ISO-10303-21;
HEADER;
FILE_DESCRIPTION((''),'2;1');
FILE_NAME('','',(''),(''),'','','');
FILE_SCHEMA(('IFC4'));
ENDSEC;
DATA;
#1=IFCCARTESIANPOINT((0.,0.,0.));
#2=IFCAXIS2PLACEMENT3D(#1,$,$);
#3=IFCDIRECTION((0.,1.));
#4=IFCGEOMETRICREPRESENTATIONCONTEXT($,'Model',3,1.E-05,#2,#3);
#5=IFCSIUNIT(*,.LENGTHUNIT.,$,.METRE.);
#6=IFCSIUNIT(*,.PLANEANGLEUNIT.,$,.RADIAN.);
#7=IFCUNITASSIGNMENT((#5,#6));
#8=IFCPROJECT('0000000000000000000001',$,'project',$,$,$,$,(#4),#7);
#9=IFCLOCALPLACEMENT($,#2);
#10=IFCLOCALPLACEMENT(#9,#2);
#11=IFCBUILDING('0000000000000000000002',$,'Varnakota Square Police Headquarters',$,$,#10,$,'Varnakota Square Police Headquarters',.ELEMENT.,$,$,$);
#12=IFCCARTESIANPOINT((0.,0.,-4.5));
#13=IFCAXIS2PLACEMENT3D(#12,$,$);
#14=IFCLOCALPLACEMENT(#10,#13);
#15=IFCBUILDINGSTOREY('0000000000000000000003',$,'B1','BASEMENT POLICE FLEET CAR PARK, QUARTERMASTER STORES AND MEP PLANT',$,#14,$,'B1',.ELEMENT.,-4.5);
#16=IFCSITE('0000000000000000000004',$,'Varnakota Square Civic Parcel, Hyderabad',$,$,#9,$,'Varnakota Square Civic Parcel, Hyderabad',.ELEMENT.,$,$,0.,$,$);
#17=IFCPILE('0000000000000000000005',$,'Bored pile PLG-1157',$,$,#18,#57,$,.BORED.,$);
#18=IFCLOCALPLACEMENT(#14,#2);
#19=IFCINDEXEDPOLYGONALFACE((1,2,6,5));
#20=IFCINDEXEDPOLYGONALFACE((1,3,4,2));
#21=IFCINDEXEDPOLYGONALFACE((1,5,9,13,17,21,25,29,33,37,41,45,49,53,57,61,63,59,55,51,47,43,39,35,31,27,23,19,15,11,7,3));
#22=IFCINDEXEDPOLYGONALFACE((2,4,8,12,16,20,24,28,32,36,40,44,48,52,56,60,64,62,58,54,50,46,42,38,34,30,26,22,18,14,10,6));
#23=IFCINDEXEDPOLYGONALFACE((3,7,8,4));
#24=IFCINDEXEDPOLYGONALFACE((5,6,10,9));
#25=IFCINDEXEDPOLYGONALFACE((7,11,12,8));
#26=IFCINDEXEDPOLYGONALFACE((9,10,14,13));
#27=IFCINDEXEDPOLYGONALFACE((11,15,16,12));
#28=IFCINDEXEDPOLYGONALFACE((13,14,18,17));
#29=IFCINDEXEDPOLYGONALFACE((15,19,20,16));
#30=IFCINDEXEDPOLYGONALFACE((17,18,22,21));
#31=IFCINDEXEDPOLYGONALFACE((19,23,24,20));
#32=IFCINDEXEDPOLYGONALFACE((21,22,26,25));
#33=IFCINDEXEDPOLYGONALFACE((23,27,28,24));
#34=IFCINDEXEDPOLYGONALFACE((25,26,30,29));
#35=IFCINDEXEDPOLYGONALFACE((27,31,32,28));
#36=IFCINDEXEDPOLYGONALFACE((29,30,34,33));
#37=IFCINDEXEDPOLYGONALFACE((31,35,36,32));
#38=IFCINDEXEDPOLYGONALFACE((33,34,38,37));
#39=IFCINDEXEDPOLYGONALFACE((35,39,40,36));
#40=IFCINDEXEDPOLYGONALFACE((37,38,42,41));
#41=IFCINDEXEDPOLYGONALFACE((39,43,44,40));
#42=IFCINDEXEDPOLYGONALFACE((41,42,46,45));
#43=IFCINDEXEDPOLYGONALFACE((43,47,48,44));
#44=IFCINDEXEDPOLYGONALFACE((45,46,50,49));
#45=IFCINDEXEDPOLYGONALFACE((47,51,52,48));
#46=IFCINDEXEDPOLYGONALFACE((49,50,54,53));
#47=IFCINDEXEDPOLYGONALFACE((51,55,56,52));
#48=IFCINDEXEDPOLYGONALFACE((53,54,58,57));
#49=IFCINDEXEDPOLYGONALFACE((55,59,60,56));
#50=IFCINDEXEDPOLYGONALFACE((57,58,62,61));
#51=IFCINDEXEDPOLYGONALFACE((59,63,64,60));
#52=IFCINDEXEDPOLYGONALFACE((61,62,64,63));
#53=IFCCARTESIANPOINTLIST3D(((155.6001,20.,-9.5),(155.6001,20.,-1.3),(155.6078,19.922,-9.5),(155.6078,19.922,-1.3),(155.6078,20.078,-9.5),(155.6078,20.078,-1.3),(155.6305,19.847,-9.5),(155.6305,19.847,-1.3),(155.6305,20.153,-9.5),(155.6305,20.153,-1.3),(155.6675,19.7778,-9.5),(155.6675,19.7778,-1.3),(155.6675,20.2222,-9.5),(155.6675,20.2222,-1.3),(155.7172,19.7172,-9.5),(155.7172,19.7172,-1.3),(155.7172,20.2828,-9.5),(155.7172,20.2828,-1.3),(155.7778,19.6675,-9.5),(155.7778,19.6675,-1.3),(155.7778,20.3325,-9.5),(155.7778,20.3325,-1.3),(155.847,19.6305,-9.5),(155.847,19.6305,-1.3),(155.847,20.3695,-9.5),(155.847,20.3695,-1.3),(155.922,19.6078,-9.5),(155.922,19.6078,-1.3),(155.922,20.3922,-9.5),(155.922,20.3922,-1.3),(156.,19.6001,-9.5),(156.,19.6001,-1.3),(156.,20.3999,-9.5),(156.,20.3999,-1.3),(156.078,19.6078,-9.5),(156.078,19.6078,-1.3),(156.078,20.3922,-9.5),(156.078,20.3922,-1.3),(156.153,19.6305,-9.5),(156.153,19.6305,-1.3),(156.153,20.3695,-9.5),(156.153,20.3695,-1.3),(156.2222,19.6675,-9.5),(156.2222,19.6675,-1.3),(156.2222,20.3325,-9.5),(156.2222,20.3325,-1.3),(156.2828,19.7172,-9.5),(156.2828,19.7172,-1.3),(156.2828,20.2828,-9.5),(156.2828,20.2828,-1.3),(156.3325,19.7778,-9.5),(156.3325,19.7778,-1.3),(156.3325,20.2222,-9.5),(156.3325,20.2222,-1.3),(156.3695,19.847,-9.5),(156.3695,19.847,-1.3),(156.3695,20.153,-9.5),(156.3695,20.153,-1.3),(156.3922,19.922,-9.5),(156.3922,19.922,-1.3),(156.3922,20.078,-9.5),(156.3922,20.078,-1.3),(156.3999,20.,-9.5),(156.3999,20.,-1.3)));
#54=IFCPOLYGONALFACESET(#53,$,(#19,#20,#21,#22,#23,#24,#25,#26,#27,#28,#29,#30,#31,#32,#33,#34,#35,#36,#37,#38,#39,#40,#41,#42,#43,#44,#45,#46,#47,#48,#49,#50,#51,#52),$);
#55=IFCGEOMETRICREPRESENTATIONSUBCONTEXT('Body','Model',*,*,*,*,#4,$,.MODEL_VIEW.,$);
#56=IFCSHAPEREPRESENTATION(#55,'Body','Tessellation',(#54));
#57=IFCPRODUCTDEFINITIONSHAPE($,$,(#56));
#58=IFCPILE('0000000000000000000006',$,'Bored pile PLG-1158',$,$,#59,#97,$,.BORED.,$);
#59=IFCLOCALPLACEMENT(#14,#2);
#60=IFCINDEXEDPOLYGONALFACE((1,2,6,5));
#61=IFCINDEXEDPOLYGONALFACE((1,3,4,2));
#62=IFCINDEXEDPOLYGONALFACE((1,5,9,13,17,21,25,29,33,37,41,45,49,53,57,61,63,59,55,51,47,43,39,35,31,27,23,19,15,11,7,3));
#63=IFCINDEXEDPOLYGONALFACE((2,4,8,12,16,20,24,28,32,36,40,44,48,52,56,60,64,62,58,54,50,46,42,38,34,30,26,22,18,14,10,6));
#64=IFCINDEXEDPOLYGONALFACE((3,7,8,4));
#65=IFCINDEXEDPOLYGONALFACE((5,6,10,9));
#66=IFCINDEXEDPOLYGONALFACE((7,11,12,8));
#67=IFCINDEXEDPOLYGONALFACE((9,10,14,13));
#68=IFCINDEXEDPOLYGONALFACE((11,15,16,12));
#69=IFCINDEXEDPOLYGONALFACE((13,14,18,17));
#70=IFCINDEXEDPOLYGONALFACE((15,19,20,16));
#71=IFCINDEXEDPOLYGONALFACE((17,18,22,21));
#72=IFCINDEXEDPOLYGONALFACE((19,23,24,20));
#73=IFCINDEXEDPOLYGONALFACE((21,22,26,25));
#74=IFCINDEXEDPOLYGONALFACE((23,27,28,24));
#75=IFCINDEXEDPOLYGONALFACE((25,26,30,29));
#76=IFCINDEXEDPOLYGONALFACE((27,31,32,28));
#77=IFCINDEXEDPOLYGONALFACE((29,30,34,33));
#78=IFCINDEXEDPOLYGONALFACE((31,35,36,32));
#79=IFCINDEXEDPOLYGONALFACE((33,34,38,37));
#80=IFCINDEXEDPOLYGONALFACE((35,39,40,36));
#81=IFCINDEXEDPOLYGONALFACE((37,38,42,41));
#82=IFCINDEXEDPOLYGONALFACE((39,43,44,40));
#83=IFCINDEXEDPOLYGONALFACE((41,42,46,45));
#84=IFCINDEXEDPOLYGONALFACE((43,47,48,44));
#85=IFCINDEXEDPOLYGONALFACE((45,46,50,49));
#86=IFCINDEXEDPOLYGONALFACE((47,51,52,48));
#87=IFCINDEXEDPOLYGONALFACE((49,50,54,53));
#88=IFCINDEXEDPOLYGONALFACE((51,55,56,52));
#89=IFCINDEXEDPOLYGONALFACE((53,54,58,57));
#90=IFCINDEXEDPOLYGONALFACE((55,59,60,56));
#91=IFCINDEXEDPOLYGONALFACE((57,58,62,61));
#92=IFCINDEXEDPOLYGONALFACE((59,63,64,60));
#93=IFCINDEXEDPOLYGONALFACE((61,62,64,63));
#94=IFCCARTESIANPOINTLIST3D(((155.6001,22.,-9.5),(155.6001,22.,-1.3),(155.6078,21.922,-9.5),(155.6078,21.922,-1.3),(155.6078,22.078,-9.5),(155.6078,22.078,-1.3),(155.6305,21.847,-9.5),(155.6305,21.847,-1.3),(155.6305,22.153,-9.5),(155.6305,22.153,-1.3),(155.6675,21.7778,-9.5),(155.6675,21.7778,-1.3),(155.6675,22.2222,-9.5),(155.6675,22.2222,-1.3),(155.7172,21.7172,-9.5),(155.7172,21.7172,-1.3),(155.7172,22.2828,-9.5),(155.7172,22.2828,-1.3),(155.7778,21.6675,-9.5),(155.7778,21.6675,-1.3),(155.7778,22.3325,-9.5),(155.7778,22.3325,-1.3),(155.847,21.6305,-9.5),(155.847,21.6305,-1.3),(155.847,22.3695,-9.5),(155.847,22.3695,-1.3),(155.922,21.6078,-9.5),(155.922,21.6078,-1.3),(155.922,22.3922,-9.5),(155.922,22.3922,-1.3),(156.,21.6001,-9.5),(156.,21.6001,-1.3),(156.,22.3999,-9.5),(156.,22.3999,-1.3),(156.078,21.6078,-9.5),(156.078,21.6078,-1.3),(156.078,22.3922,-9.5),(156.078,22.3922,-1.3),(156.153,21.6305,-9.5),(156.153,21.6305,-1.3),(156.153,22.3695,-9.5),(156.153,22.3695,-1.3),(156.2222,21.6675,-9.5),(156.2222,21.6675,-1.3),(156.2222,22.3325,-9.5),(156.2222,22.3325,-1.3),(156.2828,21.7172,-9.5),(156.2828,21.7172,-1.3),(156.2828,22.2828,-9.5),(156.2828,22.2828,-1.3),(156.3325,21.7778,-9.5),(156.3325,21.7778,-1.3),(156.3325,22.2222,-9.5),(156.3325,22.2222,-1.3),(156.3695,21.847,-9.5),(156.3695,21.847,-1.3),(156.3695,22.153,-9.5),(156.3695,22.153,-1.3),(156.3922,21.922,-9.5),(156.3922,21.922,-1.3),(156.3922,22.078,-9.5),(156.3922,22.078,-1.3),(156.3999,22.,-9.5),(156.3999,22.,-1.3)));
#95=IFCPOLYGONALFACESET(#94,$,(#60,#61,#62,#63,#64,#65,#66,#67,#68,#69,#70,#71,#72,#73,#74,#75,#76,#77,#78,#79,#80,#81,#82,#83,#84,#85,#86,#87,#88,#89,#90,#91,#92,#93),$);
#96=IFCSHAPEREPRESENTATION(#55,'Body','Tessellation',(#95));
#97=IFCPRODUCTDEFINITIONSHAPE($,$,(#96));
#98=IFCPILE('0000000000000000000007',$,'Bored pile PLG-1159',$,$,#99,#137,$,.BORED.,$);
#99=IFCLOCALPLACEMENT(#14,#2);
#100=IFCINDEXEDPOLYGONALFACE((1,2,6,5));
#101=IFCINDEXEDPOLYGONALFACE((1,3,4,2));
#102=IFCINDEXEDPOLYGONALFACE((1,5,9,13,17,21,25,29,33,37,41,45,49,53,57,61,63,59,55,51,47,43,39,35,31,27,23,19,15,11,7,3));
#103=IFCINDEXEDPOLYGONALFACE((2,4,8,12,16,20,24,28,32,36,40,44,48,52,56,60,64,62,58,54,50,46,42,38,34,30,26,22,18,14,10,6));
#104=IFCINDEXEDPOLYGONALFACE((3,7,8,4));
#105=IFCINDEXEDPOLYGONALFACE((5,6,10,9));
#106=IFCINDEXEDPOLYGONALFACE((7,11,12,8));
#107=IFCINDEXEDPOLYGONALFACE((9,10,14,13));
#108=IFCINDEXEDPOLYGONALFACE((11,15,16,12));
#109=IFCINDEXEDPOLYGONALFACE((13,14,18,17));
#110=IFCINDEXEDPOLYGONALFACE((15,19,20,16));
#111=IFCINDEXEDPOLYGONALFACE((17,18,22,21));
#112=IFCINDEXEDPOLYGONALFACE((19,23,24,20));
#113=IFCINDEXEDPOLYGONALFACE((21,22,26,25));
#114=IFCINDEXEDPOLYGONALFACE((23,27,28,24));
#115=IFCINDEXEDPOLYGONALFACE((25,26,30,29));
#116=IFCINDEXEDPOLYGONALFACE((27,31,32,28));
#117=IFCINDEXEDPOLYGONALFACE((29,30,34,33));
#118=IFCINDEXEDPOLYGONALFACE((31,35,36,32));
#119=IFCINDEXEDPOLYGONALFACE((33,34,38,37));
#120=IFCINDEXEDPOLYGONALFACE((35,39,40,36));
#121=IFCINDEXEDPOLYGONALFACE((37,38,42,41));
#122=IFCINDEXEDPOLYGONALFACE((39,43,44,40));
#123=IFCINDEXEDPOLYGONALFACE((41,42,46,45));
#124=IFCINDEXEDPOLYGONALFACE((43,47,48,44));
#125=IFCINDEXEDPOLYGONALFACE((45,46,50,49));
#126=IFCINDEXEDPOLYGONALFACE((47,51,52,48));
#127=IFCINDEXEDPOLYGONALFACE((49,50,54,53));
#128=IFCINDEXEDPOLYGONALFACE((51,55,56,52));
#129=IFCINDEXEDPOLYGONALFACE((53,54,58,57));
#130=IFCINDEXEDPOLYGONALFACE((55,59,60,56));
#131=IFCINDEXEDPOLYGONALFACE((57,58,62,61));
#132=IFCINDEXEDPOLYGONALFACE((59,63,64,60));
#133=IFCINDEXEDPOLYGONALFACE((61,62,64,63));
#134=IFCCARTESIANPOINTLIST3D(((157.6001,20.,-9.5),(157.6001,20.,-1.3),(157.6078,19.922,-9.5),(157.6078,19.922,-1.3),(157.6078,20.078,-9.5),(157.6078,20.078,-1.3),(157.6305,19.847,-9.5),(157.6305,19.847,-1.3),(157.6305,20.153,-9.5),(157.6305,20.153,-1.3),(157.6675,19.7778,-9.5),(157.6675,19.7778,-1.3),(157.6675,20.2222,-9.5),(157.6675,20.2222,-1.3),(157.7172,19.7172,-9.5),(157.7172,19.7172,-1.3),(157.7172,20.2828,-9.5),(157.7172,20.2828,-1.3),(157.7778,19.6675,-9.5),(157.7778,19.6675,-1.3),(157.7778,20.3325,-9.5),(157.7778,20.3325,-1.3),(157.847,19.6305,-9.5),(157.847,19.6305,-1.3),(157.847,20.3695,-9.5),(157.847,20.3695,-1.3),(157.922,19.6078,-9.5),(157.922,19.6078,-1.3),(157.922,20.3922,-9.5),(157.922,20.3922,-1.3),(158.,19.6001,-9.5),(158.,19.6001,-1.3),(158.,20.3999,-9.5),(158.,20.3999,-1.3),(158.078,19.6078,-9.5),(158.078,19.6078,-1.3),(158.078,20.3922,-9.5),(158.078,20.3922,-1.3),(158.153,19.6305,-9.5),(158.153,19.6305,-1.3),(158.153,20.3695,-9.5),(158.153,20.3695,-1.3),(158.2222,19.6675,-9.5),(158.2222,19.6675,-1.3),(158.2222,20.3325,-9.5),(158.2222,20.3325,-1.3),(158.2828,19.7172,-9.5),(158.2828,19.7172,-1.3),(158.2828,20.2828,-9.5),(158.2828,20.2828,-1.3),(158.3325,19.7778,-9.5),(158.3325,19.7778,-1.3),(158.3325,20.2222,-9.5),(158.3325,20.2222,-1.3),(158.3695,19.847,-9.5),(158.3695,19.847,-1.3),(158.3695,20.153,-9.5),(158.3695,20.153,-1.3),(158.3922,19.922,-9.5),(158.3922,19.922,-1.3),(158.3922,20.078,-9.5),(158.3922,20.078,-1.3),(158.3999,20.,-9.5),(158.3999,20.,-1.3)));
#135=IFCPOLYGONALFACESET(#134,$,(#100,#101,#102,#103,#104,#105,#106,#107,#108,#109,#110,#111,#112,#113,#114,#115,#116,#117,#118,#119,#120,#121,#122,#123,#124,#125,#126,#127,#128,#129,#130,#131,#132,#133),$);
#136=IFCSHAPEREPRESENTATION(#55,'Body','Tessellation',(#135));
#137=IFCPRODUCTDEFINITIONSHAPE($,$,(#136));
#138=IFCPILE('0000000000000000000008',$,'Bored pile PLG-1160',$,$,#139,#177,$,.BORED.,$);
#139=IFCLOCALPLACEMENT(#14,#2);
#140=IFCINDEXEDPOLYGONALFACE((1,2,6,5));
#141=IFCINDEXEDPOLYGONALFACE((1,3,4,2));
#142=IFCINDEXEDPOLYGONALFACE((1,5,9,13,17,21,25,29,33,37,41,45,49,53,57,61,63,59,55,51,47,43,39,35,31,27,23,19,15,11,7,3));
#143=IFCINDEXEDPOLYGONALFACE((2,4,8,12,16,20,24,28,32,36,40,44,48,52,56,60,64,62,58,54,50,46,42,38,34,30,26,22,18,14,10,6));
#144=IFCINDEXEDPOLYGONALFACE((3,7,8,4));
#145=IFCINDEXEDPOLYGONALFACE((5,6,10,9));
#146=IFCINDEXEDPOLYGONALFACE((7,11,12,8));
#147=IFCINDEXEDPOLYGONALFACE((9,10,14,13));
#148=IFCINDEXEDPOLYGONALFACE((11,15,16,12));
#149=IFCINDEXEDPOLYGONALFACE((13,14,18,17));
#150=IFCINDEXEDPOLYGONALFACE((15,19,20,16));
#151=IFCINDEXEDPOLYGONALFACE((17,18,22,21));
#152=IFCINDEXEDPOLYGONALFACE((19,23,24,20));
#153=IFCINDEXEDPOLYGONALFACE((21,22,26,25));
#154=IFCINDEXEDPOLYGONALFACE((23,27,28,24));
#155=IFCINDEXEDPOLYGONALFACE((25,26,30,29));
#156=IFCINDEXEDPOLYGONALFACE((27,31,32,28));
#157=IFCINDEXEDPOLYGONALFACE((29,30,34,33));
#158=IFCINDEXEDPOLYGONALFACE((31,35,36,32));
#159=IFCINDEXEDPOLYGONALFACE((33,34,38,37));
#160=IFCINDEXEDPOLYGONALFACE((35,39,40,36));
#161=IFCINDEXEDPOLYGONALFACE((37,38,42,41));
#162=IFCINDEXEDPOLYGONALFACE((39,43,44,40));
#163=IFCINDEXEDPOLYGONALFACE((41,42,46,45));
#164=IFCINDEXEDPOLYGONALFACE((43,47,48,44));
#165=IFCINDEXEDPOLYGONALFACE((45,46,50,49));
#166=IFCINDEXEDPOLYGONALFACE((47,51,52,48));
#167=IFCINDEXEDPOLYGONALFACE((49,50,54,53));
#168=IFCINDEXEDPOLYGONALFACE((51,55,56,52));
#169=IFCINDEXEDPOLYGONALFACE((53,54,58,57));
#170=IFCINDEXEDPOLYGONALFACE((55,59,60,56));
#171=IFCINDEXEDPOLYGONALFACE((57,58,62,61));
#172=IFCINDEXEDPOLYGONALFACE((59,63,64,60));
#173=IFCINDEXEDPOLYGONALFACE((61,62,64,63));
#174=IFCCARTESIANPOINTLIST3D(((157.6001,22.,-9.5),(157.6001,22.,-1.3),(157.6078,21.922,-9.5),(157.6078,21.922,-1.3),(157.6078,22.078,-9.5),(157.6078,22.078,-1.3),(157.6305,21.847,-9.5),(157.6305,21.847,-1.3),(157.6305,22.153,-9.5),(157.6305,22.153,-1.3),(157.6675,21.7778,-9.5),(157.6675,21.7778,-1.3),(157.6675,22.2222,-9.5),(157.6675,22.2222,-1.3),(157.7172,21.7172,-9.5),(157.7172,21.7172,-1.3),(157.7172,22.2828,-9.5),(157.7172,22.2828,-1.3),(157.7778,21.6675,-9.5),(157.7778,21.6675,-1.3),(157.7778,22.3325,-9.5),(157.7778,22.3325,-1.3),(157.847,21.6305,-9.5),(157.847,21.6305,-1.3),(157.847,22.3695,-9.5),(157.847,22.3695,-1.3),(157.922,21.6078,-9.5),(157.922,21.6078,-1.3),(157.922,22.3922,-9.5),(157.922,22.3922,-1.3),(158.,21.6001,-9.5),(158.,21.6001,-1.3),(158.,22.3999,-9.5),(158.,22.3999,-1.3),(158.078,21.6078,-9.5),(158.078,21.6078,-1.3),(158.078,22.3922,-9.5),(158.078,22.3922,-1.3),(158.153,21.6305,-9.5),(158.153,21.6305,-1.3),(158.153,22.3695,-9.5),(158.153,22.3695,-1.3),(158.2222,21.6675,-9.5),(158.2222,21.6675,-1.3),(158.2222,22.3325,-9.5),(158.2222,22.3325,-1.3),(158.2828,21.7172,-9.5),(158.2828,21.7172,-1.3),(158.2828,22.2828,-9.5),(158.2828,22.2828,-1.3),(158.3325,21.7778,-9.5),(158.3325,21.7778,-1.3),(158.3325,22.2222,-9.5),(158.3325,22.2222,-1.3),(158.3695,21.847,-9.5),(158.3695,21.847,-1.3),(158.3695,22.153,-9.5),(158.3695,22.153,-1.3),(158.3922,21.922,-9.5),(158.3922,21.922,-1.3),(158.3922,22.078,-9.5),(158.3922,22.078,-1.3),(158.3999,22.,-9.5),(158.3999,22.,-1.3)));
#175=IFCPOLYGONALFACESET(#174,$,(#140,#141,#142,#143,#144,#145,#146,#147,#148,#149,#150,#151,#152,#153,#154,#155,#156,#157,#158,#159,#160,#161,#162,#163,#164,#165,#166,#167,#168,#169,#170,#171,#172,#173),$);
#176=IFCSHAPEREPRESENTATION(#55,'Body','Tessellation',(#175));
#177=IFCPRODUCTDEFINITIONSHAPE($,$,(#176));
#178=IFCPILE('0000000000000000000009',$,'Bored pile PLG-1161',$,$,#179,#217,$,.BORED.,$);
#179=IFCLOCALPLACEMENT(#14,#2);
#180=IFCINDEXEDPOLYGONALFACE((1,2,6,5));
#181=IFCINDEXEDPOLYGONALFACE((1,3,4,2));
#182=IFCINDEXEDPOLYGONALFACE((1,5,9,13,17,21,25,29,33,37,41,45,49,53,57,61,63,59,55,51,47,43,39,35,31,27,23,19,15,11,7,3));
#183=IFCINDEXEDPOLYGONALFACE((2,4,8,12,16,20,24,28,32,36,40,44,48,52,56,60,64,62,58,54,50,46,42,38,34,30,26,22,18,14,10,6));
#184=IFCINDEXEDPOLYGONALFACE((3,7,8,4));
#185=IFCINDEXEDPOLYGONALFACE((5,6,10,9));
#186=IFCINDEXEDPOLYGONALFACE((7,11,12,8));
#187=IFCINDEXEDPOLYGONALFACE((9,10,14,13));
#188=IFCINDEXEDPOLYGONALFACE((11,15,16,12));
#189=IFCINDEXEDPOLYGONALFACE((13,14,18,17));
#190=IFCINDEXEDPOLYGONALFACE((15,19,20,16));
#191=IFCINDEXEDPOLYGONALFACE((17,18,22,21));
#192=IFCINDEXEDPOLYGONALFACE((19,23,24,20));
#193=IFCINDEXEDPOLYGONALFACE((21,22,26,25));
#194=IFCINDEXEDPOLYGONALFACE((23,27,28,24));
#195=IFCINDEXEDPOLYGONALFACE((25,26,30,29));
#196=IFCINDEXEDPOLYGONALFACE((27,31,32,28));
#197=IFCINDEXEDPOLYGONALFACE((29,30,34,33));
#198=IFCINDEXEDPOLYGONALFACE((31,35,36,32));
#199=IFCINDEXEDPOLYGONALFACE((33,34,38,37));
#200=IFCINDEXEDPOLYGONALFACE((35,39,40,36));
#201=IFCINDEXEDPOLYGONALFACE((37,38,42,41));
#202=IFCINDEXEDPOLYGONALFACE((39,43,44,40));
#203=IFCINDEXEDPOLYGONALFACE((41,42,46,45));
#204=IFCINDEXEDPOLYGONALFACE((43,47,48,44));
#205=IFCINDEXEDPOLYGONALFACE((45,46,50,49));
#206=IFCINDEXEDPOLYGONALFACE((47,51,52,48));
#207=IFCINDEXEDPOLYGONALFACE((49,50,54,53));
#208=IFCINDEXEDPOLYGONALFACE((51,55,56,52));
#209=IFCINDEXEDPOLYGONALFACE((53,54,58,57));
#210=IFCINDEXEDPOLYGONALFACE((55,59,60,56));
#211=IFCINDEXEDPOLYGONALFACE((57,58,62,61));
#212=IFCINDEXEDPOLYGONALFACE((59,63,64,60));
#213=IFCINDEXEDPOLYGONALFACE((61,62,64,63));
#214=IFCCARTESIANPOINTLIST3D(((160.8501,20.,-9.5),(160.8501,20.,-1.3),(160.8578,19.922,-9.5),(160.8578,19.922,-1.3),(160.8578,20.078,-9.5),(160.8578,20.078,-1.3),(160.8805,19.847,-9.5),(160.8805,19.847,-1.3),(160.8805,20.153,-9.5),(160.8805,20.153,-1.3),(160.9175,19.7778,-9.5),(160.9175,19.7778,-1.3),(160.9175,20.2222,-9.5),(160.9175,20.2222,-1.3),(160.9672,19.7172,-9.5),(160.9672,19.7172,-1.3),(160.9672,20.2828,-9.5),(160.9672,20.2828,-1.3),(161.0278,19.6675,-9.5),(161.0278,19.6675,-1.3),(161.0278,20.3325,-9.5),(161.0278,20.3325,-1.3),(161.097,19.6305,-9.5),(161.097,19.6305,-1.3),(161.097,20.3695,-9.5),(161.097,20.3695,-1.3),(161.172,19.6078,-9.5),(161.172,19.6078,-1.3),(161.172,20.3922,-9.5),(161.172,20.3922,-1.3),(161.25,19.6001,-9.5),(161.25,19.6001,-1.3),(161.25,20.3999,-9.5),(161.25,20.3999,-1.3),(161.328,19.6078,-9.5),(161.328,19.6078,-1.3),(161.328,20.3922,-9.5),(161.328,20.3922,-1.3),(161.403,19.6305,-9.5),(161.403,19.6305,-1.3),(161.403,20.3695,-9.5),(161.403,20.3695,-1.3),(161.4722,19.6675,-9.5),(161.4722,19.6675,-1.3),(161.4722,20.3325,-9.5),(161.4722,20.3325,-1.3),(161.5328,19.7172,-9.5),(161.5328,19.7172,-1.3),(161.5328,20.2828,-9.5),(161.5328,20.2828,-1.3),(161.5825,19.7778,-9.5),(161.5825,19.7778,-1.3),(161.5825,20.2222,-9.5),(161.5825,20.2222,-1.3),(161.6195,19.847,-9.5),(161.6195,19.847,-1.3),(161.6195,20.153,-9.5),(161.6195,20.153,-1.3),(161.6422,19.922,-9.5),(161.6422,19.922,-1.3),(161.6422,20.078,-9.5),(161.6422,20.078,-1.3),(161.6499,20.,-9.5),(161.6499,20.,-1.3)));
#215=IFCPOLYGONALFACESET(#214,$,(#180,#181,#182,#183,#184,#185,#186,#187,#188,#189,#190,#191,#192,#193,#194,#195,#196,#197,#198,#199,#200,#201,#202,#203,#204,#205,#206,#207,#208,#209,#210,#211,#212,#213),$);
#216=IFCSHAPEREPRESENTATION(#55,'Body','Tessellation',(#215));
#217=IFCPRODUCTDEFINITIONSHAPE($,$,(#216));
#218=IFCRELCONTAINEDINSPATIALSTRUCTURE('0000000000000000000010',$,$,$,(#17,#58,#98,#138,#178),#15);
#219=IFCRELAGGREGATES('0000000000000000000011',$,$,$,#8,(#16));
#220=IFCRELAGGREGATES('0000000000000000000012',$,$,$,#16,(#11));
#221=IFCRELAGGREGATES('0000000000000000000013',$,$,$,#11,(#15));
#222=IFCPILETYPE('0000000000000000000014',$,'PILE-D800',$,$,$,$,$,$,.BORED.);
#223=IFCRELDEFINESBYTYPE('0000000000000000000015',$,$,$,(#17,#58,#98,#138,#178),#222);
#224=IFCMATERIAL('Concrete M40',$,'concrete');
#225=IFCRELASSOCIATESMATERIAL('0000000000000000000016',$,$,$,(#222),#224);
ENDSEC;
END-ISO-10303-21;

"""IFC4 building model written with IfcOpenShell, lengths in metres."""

from ifc_helpers import new_model, si_unit, direction, frame, origin, origin_2d, place, context, subcontext, project, spatial, circle, extrude, material, material_profile, profile_set, type_object, element, save


model = new_model("IFC4")

# Units and contexts
model_context = context("Model", 3, precision=1e-05, world=origin(), true_north=direction((0.0, 1.0)))
body_context = subcontext(model_context, "Body", "Model", "MODEL_VIEW")
ifc_project = project(units=[si_unit("LENGTHUNIT", "METRE"), si_unit("PLANEANGLEUNIT", "RADIAN")], contexts=[model_context])

# Site, building, storey
site_placement = place(None, origin())
site = spatial("IfcSite", under=ifc_project, at=site_placement, Name="Varnakota Square Civic Parcel, Hyderabad", LongName="Varnakota Square Civic Parcel, Hyderabad", CompositionType="ELEMENT", RefElevation=0.0)
building_placement = place(site_placement, origin())
building = spatial("IfcBuilding", under=site, at=building_placement, Name="Varnakota Square Police Headquarters", LongName="Varnakota Square Police Headquarters", CompositionType="ELEMENT")
storey_placement = place(building_placement, frame((0.0, 0.0, -4.5)))
storey = spatial("IfcBuildingStorey", under=building, at=storey_placement, Name="B1", Description="BASEMENT POLICE FLEET CAR PARK, QUARTERMASTER STORES AND MEP PLANT", LongName="B1", CompositionType="ELEMENT", Elevation=-4.5)

# Shared definitions
ifc_material_1 = material(Name="Concrete M40", Category="concrete")

# Piles
ifc_material_profile_1 = material_profile(ifc_material_1, circle(Radius=0.3999, at=origin_2d()), Name="BORED PILE 800")
ifc_profile_set_1 = profile_set([ifc_material_profile_1], Name="Concrete M40")
pile_type = type_object("IfcPileType", Name="PILE-D800", PredefinedType="BORED", material=ifc_profile_set_1)
for number, where, z_axis, x_axis, name in (
    (1, (156.0, 20.0, -1.3), (0.0, 0.0, -1.0), (1.0, 0.0, 0.0), "Bored pile PLG-1157"),
    (2, (156.0, 22.0, -1.3), (0.0, 0.0, -1.0), (1.0, 0.0, 0.0), "Bored pile PLG-1158"),
    (3, (158.0, 20.0, -1.3), (0.0, 0.0, -1.0), (1.0, 0.0, 0.0), "Bored pile PLG-1159"),
    (4, (158.0, 22.0, -1.3), (0.0, 0.0, -1.0), (1.0, 0.0, 0.0), "Bored pile PLG-1160"),
    (5, (161.25, 20.0, -1.3), (0.0, 0.0, -1.0), (1.0, 0.0, 0.0), "Bored pile PLG-1161"),
):
    element("IfcPile", number, at=place(storey_placement, frame(where, z_axis=z_axis, x_axis=x_axis)), inside=storey, type_object=pile_type, Name=name, PredefinedType="BORED", context=body_context, shape_type="SweptSolid", body=[
        extrude(circle(Radius=0.3999, at=origin_2d()), origin(), (0.0, 0.0, 1.0), 8.2),
    ])

save(model, "model.ifc")
